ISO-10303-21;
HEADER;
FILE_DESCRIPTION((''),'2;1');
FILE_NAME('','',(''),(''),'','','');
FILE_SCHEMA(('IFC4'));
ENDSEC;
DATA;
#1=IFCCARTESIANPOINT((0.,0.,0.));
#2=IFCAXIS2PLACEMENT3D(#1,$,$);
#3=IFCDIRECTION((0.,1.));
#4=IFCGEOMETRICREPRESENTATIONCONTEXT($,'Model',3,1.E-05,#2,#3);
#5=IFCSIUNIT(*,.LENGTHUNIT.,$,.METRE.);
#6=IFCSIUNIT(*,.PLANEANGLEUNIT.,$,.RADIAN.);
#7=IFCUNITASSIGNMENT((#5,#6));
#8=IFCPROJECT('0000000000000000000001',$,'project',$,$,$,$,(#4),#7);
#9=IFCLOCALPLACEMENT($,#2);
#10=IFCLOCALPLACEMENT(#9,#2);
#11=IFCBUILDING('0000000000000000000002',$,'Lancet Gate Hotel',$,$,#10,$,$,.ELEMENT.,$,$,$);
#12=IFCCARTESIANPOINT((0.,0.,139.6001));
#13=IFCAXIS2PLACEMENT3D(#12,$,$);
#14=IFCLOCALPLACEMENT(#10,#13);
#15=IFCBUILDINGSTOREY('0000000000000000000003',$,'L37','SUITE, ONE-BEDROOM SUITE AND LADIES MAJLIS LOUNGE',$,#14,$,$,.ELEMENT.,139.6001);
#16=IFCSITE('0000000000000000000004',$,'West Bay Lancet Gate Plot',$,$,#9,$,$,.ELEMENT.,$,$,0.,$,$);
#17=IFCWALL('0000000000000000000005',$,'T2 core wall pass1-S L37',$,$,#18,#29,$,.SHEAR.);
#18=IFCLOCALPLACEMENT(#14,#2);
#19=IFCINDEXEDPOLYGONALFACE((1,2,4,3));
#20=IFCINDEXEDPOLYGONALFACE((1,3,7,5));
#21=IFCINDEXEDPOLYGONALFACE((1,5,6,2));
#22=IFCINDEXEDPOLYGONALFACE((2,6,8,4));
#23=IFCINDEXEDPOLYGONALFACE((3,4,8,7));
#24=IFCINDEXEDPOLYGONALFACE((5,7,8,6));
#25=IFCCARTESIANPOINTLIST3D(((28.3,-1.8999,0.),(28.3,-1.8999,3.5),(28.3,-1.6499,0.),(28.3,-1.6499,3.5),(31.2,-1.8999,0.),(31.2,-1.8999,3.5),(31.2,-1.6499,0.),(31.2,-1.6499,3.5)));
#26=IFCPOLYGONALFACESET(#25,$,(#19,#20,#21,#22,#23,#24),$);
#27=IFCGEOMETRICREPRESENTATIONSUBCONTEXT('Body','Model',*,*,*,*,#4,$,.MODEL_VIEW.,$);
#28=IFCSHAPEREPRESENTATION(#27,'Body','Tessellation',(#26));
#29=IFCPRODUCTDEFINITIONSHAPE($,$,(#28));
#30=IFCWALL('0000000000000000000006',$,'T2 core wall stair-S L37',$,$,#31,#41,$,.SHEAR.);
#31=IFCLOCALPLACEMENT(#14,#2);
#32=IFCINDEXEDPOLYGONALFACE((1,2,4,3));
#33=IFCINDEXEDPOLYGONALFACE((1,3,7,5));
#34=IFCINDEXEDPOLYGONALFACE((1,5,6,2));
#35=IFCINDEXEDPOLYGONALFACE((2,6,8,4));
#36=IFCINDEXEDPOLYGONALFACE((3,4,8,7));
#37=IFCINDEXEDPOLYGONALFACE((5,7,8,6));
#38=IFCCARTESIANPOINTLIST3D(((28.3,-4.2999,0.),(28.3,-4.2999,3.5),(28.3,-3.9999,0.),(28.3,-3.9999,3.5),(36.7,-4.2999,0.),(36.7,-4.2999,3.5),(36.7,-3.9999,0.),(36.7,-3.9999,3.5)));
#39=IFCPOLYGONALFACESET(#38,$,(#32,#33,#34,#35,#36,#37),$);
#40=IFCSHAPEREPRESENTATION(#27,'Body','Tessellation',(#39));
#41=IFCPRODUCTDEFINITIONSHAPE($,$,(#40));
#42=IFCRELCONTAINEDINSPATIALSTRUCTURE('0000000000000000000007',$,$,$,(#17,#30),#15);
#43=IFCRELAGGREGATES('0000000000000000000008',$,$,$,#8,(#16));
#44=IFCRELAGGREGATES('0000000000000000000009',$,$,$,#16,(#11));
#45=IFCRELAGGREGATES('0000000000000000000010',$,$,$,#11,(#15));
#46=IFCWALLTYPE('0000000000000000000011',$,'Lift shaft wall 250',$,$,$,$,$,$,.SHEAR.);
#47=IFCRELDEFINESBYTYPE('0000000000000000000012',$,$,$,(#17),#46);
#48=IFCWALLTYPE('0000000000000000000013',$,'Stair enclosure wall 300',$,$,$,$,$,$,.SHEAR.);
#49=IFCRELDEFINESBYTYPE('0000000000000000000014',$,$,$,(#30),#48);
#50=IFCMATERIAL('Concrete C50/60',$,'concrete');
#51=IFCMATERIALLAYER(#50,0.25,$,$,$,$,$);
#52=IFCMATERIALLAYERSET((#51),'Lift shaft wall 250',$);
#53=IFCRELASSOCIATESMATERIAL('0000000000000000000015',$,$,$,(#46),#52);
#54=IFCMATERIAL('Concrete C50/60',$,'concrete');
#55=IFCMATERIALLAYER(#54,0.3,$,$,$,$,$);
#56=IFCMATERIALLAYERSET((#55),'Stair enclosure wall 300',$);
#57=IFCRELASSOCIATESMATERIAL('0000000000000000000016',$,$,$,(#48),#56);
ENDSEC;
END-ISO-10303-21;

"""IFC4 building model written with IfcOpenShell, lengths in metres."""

from ifc_helpers import new_model, si_unit, direction, frame, frame_2d, origin, place, context, subcontext, project, spatial, rectangle, extrude, material, layer, layer_set, type_object, element, save


model = new_model("IFC4")

# Units and contexts
model_context = context("Model", 3, precision=1e-05, world=origin(), true_north=direction((0.0, 1.0)))
body_context = subcontext(model_context, "Body", "Model", "MODEL_VIEW")
ifc_project = project(units=[si_unit("LENGTHUNIT", "METRE"), si_unit("PLANEANGLEUNIT", "RADIAN")], contexts=[model_context])

# Site, building, storey
site_placement = place(None, origin())
site = spatial("IfcSite", under=ifc_project, at=site_placement, Name="West Bay Lancet Gate Plot", CompositionType="ELEMENT", RefElevation=0.0)
building_placement = place(site_placement, origin())
building = spatial("IfcBuilding", under=site, at=building_placement, Name="Lancet Gate Hotel", CompositionType="ELEMENT")
storey_placement = place(building_placement, frame((0.0, 0.0, 139.6001)))
storey = spatial("IfcBuildingStorey", under=building, at=storey_placement, Name="L37", Description="SUITE, ONE-BEDROOM SUITE AND LADIES MAJLIS LOUNGE", CompositionType="ELEMENT", Elevation=139.6001)

# Walls
ifc_material_1 = material(Name="Concrete C50/60", Category="concrete")
ifc_layer_1 = layer(ifc_material_1, 0.25)
ifc_layer_set_1 = layer_set([ifc_layer_1], Name="Lift shaft wall 250")
wall_type_1 = type_object("IfcWallType", Name="Lift shaft wall 250", PredefinedType="SHEAR", material=ifc_layer_set_1)
wall_1_placement = place(storey_placement, frame((28.3, -1.7749, 0.0), z_axis=(0.0, 0.0, 1.0), x_axis=(1.0, 0.0, 0.0)))
element("IfcWall", 1, at=wall_1_placement, inside=storey, type_object=wall_type_1, Name="T2 core wall pass1-S L37", PredefinedType="SHEAR", context=body_context, shape_type="SweptSolid", body=[
    extrude(rectangle(XDim=2.8999, YDim=0.25, at=frame_2d((1.45, 0.0))), origin(), (0.0, 0.0, 1.0), 3.5),
])
ifc_material_2 = material(Name="Concrete C50/60", Category="concrete")
ifc_layer_2 = layer(ifc_material_2, 0.3)
ifc_layer_set_2 = layer_set([ifc_layer_2], Name="Stair enclosure wall 300")
wall_type_2 = type_object("IfcWallType", Name="Stair enclosure wall 300", PredefinedType="SHEAR", material=ifc_layer_set_2)
wall_2_placement = place(storey_placement, frame((28.3, -4.1499, 0.0), z_axis=(0.0, 0.0, 1.0), x_axis=(1.0, 0.0, 0.0)))
element("IfcWall", 2, at=wall_2_placement, inside=storey, type_object=wall_type_2, Name="T2 core wall stair-S L37", PredefinedType="SHEAR", context=body_context, shape_type="SweptSolid", body=[
    extrude(rectangle(XDim=8.3999, YDim=0.3, at=frame_2d((4.2, 0.0))), origin(), (0.0, 0.0, 1.0), 3.5),
])

save(model, "model.ifc")
